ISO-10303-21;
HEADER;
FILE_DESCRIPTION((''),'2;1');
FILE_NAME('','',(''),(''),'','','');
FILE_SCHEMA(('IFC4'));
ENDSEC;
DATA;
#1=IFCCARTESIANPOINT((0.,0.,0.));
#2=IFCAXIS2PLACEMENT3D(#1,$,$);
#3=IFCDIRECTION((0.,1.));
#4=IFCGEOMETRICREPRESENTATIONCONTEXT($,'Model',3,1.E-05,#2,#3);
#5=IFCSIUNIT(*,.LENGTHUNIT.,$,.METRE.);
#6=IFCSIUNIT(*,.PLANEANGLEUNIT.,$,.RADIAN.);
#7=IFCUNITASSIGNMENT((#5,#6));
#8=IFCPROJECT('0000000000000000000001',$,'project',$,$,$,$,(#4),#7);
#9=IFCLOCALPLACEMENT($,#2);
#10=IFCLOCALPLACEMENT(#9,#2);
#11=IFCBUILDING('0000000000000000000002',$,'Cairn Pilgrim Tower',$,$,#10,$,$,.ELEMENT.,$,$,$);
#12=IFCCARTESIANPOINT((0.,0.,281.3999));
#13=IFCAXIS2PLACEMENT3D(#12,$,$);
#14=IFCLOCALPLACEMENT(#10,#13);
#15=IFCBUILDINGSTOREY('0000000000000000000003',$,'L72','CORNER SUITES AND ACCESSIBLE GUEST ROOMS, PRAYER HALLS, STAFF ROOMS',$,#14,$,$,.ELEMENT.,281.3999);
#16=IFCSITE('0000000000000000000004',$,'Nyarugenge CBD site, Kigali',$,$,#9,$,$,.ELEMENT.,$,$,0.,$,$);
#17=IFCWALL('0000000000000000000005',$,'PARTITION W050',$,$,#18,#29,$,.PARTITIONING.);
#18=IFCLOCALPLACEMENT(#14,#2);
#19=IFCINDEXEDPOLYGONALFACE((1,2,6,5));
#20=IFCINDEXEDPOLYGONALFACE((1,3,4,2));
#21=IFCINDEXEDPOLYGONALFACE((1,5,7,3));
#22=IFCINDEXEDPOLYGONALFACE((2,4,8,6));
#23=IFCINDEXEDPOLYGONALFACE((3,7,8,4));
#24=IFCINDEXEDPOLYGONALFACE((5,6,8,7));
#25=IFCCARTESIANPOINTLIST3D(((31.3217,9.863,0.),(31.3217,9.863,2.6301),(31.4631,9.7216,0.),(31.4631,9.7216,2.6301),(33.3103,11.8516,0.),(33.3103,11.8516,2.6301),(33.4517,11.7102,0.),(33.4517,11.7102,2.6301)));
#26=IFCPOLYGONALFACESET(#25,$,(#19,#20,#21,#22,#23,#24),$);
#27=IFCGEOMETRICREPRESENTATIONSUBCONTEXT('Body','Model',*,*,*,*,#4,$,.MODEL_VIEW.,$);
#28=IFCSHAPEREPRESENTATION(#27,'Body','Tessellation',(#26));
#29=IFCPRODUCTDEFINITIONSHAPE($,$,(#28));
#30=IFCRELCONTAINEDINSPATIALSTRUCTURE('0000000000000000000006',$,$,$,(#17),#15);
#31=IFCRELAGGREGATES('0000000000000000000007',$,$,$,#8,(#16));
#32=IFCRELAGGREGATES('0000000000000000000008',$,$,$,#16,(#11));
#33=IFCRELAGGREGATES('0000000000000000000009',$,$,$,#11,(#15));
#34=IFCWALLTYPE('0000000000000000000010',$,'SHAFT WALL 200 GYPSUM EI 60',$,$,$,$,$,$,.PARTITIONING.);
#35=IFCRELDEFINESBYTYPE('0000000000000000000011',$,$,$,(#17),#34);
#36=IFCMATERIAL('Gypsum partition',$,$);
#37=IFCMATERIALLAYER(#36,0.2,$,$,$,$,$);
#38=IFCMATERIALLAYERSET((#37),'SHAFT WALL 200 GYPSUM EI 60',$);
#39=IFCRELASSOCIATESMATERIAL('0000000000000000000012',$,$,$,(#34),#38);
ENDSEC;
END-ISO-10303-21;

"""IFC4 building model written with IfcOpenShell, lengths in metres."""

from ifc_helpers import new_model, si_unit, direction, frame, frame_2d, origin, place, context, subcontext, project, spatial, rectangle, extrude, material, layer, layer_set, type_object, element, save


model = new_model("IFC4")

# Units and contexts
model_context = context("Model", 3, precision=1e-05, world=origin(), true_north=direction((0.0, 1.0)))
body_context = subcontext(model_context, "Body", "Model", "MODEL_VIEW")
ifc_project = project(units=[si_unit("LENGTHUNIT", "METRE"), si_unit("PLANEANGLEUNIT", "RADIAN")], contexts=[model_context])

# Site, building, storey
site_placement = place(None, origin())
site = spatial("IfcSite", under=ifc_project, at=site_placement, Name="Nyarugenge CBD site, Kigali", CompositionType="ELEMENT", RefElevation=0.0)
building_placement = place(site_placement, origin())
building = spatial("IfcBuilding", under=site, at=building_placement, Name="Cairn Pilgrim Tower", CompositionType="ELEMENT")
storey_placement = place(building_placement, frame((0.0, 0.0, 281.3999)))
storey = spatial("IfcBuildingStorey", under=building, at=storey_placement, Name="L72", Description="CORNER SUITES AND ACCESSIBLE GUEST ROOMS, PRAYER HALLS, STAFF ROOMS", CompositionType="ELEMENT", Elevation=281.3999)

# Shared definitions
ifc_material_1 = material(Name="Gypsum partition")

# Wall
ifc_layer_1 = layer(ifc_material_1, 0.2)
ifc_layer_set_1 = layer_set([ifc_layer_1], Name="SHAFT WALL 200 GYPSUM EI 60")
wall_type_1 = type_object("IfcWallType", Name="SHAFT WALL 200 GYPSUM EI 60", PredefinedType="PARTITIONING", material=ifc_layer_set_1)
wall_1_placement = place(storey_placement, frame((31.3923, 9.7922, 0.0), z_axis=(0.0, 0.0, 1.0), x_axis=(0.707107, 0.707107, 0.0)))
element("IfcWall", 1, at=wall_1_placement, inside=storey, type_object=wall_type_1, Name="PARTITION W050", PredefinedType="PARTITIONING", context=body_context, shape_type="SweptSolid", body=[
    extrude(rectangle(XDim=2.8123, YDim=0.2, at=frame_2d((1.4062, 0.0))), origin(), (0.0, 0.0, 1.0), 2.6301),
])

save(model, "model.ifc")
